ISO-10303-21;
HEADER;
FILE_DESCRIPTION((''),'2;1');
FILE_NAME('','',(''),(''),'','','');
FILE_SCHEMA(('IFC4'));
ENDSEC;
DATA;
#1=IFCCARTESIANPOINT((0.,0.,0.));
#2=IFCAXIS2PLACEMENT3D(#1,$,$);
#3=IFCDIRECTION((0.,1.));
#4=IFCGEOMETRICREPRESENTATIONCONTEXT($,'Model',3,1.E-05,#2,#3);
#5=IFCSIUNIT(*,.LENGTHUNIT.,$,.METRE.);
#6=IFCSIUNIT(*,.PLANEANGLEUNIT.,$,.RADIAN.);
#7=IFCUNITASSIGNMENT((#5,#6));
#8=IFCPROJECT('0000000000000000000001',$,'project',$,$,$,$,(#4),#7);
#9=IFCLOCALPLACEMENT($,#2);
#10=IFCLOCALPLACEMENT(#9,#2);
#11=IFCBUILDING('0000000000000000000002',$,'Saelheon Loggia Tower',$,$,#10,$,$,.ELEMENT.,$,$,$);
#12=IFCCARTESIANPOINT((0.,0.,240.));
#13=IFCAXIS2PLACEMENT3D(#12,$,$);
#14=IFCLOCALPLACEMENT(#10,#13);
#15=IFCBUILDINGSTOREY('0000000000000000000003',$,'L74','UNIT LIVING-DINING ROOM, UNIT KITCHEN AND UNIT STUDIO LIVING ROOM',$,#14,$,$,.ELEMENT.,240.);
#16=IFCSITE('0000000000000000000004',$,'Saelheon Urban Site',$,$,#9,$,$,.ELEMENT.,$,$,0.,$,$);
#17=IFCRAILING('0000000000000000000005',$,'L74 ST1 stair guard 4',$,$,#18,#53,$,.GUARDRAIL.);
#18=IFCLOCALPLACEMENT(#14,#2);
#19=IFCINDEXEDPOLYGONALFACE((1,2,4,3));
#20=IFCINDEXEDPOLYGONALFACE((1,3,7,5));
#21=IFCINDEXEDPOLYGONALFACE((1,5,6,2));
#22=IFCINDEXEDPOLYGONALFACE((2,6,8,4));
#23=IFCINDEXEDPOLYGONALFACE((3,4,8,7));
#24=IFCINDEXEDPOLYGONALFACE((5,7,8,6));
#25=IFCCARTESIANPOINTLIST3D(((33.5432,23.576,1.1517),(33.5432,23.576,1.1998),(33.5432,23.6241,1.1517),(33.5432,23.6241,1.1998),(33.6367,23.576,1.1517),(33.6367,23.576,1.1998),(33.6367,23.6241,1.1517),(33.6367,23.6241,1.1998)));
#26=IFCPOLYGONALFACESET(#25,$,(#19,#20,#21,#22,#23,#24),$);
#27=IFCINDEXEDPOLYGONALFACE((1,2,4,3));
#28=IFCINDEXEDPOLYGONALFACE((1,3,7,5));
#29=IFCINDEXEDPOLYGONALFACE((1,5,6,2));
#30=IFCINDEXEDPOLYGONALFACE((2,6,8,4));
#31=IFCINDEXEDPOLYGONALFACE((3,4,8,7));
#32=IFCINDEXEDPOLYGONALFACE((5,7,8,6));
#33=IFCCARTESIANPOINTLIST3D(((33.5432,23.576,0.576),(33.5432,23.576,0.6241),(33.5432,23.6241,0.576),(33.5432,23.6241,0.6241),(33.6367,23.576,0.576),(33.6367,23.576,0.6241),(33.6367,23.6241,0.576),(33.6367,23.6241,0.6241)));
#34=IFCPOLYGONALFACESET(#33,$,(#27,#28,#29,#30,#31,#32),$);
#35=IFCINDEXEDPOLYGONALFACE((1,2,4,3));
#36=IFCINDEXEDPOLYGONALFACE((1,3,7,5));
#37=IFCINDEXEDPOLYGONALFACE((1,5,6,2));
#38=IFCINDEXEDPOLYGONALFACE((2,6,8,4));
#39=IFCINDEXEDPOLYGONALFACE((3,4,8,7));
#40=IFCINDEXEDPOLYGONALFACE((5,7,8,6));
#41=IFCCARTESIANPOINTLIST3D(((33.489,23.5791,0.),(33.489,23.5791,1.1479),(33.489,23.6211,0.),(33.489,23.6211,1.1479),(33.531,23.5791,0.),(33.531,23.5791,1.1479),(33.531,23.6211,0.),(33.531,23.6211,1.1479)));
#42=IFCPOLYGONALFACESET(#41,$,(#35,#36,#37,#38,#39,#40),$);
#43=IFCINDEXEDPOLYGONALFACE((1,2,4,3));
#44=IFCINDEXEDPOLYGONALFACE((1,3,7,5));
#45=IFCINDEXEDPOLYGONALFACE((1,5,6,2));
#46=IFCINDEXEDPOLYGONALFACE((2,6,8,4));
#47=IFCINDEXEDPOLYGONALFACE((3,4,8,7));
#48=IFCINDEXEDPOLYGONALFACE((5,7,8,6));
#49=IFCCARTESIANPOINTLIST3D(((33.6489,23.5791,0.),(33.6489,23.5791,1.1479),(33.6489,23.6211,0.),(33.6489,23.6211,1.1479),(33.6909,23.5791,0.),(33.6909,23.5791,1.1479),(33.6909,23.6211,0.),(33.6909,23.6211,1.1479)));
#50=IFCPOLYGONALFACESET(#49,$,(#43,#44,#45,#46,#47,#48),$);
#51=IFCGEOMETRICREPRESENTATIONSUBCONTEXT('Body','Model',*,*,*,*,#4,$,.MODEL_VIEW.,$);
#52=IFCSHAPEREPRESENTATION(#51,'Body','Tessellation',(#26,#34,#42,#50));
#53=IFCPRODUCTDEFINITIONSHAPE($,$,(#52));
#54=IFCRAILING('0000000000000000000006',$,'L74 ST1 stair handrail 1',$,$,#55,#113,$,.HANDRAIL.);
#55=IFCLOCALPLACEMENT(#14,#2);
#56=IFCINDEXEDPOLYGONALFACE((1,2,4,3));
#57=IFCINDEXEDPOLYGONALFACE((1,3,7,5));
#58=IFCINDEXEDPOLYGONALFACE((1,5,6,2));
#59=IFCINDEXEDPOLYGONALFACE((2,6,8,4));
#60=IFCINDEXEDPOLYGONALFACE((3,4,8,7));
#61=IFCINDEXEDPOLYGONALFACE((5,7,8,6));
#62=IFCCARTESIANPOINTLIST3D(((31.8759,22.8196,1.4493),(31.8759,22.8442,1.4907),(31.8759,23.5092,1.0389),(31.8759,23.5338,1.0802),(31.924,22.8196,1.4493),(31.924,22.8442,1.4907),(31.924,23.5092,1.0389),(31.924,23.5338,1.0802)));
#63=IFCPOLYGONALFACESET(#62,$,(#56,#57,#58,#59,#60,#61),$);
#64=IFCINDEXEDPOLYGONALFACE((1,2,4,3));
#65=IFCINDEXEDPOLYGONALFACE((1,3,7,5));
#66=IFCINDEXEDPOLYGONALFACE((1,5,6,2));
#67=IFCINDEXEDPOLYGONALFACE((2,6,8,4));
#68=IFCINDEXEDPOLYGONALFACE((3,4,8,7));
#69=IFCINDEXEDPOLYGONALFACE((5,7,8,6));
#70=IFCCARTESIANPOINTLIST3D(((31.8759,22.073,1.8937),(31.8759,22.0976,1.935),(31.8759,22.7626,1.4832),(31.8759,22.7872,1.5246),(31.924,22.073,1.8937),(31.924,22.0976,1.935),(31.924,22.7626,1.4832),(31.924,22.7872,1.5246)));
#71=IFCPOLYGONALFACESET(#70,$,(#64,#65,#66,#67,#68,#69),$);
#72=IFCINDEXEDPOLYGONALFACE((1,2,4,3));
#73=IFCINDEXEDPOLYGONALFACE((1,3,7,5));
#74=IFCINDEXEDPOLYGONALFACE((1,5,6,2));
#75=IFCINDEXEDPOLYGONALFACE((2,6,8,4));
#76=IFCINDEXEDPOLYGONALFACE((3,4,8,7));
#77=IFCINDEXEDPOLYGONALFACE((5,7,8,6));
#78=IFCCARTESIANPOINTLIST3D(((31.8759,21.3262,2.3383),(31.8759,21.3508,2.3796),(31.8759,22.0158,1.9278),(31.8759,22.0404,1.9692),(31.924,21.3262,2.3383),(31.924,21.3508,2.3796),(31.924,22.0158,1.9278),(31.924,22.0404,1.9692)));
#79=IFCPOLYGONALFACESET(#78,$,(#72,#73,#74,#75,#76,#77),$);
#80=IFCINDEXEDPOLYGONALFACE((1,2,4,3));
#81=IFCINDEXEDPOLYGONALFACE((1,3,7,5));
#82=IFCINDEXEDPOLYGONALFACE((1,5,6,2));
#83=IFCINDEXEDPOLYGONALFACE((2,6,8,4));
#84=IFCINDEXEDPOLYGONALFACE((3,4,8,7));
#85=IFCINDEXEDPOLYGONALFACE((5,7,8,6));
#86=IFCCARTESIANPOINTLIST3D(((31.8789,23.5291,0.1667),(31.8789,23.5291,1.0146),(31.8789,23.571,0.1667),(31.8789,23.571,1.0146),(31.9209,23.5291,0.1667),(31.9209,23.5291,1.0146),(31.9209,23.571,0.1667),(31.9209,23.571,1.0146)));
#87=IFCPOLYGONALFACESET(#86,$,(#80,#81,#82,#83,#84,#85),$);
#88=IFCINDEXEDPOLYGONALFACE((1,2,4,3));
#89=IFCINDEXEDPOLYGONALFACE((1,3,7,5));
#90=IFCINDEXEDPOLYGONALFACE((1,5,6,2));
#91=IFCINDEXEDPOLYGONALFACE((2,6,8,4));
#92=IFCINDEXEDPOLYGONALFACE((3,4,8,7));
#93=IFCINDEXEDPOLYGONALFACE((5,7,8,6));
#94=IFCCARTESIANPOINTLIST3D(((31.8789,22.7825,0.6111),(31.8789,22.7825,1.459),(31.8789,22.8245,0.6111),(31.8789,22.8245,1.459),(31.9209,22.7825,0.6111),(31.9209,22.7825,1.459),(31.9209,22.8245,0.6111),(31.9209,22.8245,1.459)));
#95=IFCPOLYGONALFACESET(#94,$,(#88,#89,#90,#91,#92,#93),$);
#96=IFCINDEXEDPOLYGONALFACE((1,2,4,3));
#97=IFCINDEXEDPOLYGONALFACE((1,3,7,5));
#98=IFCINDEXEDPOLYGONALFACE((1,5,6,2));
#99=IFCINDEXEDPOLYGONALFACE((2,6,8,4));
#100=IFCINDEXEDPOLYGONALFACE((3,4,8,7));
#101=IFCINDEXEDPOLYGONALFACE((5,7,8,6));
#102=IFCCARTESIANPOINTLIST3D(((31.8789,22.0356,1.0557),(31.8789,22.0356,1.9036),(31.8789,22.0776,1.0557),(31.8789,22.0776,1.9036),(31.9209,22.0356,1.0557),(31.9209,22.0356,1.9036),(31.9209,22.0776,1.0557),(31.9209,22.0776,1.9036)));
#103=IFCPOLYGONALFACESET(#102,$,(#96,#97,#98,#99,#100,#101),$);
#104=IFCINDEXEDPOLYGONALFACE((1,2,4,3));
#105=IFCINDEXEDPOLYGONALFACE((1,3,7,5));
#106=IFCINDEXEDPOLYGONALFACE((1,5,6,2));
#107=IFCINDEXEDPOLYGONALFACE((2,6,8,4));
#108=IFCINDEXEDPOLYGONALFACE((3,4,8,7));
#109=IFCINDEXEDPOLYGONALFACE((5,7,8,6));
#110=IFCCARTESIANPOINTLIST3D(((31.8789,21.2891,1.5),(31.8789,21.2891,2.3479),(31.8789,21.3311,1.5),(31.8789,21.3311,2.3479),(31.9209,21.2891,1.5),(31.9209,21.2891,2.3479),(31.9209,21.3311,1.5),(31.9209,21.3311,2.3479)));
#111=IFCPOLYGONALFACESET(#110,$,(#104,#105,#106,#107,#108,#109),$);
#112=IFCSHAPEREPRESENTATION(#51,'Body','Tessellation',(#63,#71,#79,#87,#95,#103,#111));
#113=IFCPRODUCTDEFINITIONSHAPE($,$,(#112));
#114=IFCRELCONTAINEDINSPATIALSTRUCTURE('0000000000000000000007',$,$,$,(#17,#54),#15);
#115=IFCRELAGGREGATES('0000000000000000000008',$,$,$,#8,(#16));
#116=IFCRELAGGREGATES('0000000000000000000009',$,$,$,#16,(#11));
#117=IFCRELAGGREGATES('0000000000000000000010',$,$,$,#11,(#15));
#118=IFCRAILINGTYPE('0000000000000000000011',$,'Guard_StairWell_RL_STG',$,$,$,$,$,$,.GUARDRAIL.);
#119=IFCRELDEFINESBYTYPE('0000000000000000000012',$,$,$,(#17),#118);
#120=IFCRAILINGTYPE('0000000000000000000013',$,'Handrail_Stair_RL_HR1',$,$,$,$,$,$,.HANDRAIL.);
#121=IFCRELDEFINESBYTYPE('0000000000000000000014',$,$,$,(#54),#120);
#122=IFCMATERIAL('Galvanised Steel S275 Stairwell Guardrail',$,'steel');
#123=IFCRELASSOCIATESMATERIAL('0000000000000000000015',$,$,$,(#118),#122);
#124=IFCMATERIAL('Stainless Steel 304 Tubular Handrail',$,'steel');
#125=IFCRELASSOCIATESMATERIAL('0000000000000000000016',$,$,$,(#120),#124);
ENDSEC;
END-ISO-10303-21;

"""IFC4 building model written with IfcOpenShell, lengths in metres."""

from ifc_helpers import new_model, si_unit, direction, frame, origin, origin_2d, place, context, subcontext, project, spatial, rectangle, extrude, material, type_object, element, save


model = new_model("IFC4")

# Units and contexts
model_context = context("Model", 3, precision=1e-05, world=origin(), true_north=direction((0.0, 1.0)))
body_context = subcontext(model_context, "Body", "Model", "MODEL_VIEW")
ifc_project = project(units=[si_unit("LENGTHUNIT", "METRE"), si_unit("PLANEANGLEUNIT", "RADIAN")], contexts=[model_context])

# Site, building, storey
site_placement = place(None, origin())
site = spatial("IfcSite", under=ifc_project, at=site_placement, Name="Saelheon Urban Site", CompositionType="ELEMENT", RefElevation=0.0)
building_placement = place(site_placement, origin())
building = spatial("IfcBuilding", under=site, at=building_placement, Name="Saelheon Loggia Tower", CompositionType="ELEMENT")
storey_placement = place(building_placement, frame((0.0, 0.0, 240.0)))
storey = spatial("IfcBuildingStorey", under=building, at=storey_placement, Name="L74", Description="UNIT LIVING-DINING ROOM, UNIT KITCHEN AND UNIT STUDIO LIVING ROOM", CompositionType="ELEMENT", Elevation=240.0)

# Railings
ifc_material_1 = material(Name="Galvanised Steel S275 Stairwell Guardrail", Category="steel")
railing_type_1 = type_object("IfcRailingType", Name="Guard_StairWell_RL_STG", PredefinedType="GUARDRAIL", material=ifc_material_1)
railing_1_placement = place(storey_placement, frame((33.51, 23.6001, 0.0)))
element("IfcRailing", 1, at=railing_1_placement, inside=storey, type_object=railing_type_1, Name="L74 ST1 stair guard 4", PredefinedType="GUARDRAIL", context=body_context, shape_type="SweptSolid", body=[
    extrude(rectangle(XDim=0.0481, YDim=0.0481, at=origin_2d()), frame((0.0332, 0.0, 1.1758), z_axis=(1.0, 0.0, 0.0), x_axis=(0.0, 1.0, 0.0)), (0.0, 0.0, 1.0), 0.0935),
    extrude(rectangle(XDim=0.0481, YDim=0.0481, at=origin_2d()), frame((0.0332, 0.0, 0.6001), z_axis=(1.0, 0.0, 0.0), x_axis=(0.0, 1.0, 0.0)), (0.0, 0.0, 1.0), 0.0935),
    extrude(rectangle(XDim=0.042, YDim=0.042, at=origin_2d()), origin(), (0.0, 0.0, 1.0), 1.1479),
    extrude(rectangle(XDim=0.042, YDim=0.042, at=origin_2d()), frame((0.1599, 0.0, 0.0)), (0.0, 0.0, 1.0), 1.1479),
])
ifc_material_2 = material(Name="Stainless Steel 304 Tubular Handrail", Category="steel")
railing_type_2 = type_object("IfcRailingType", Name="Handrail_Stair_RL_HR1", PredefinedType="HANDRAIL", material=ifc_material_2)
railing_2_placement = place(storey_placement, frame((31.8999, 23.55, 0.1667)))
element("IfcRailing", 2, at=railing_2_placement, inside=storey, type_object=railing_type_2, Name="L74 ST1 stair handrail 1", PredefinedType="HANDRAIL", context=body_context, shape_type="SweptSolid", body=[
    extrude(rectangle(XDim=0.0481, YDim=0.0481, at=origin_2d()), frame((0.0, -0.0286, 0.8928), z_axis=(0.0, -0.859306, 0.511462), x_axis=(1.0, 0.0, 0.0)), (0.0, 0.0, 1.0), 0.8025),
    extrude(rectangle(XDim=0.0481, YDim=0.0481, at=origin_2d()), frame((0.0, -0.7751, 1.3372), z_axis=(0.0, -0.859306, 0.511462), x_axis=(1.0, 0.0, 0.0)), (0.0, 0.0, 1.0), 0.8025),
    extrude(rectangle(XDim=0.0481, YDim=0.0481, at=origin_2d()), frame((0.0, -1.522, 1.7817), z_axis=(0.0, -0.859306, 0.511462), x_axis=(1.0, 0.0, 0.0)), (0.0, 0.0, 1.0), 0.8025),
    extrude(rectangle(XDim=0.042, YDim=0.042, at=origin_2d()), origin(), (0.0, 0.0, 1.0), 0.8479),
    extrude(rectangle(XDim=0.042, YDim=0.042, at=origin_2d()), frame((0.0, -0.7466, 0.4443)), (0.0, 0.0, 1.0), 0.8479),
    extrude(rectangle(XDim=0.042, YDim=0.042, at=origin_2d()), frame((0.0, -1.4934, 0.8889)), (0.0, 0.0, 1.0), 0.8479),
    extrude(rectangle(XDim=0.042, YDim=0.042, at=origin_2d()), frame((0.0, -2.24, 1.3333)), (0.0, 0.0, 1.0), 0.8479),
])

save(model, "model.ifc")
